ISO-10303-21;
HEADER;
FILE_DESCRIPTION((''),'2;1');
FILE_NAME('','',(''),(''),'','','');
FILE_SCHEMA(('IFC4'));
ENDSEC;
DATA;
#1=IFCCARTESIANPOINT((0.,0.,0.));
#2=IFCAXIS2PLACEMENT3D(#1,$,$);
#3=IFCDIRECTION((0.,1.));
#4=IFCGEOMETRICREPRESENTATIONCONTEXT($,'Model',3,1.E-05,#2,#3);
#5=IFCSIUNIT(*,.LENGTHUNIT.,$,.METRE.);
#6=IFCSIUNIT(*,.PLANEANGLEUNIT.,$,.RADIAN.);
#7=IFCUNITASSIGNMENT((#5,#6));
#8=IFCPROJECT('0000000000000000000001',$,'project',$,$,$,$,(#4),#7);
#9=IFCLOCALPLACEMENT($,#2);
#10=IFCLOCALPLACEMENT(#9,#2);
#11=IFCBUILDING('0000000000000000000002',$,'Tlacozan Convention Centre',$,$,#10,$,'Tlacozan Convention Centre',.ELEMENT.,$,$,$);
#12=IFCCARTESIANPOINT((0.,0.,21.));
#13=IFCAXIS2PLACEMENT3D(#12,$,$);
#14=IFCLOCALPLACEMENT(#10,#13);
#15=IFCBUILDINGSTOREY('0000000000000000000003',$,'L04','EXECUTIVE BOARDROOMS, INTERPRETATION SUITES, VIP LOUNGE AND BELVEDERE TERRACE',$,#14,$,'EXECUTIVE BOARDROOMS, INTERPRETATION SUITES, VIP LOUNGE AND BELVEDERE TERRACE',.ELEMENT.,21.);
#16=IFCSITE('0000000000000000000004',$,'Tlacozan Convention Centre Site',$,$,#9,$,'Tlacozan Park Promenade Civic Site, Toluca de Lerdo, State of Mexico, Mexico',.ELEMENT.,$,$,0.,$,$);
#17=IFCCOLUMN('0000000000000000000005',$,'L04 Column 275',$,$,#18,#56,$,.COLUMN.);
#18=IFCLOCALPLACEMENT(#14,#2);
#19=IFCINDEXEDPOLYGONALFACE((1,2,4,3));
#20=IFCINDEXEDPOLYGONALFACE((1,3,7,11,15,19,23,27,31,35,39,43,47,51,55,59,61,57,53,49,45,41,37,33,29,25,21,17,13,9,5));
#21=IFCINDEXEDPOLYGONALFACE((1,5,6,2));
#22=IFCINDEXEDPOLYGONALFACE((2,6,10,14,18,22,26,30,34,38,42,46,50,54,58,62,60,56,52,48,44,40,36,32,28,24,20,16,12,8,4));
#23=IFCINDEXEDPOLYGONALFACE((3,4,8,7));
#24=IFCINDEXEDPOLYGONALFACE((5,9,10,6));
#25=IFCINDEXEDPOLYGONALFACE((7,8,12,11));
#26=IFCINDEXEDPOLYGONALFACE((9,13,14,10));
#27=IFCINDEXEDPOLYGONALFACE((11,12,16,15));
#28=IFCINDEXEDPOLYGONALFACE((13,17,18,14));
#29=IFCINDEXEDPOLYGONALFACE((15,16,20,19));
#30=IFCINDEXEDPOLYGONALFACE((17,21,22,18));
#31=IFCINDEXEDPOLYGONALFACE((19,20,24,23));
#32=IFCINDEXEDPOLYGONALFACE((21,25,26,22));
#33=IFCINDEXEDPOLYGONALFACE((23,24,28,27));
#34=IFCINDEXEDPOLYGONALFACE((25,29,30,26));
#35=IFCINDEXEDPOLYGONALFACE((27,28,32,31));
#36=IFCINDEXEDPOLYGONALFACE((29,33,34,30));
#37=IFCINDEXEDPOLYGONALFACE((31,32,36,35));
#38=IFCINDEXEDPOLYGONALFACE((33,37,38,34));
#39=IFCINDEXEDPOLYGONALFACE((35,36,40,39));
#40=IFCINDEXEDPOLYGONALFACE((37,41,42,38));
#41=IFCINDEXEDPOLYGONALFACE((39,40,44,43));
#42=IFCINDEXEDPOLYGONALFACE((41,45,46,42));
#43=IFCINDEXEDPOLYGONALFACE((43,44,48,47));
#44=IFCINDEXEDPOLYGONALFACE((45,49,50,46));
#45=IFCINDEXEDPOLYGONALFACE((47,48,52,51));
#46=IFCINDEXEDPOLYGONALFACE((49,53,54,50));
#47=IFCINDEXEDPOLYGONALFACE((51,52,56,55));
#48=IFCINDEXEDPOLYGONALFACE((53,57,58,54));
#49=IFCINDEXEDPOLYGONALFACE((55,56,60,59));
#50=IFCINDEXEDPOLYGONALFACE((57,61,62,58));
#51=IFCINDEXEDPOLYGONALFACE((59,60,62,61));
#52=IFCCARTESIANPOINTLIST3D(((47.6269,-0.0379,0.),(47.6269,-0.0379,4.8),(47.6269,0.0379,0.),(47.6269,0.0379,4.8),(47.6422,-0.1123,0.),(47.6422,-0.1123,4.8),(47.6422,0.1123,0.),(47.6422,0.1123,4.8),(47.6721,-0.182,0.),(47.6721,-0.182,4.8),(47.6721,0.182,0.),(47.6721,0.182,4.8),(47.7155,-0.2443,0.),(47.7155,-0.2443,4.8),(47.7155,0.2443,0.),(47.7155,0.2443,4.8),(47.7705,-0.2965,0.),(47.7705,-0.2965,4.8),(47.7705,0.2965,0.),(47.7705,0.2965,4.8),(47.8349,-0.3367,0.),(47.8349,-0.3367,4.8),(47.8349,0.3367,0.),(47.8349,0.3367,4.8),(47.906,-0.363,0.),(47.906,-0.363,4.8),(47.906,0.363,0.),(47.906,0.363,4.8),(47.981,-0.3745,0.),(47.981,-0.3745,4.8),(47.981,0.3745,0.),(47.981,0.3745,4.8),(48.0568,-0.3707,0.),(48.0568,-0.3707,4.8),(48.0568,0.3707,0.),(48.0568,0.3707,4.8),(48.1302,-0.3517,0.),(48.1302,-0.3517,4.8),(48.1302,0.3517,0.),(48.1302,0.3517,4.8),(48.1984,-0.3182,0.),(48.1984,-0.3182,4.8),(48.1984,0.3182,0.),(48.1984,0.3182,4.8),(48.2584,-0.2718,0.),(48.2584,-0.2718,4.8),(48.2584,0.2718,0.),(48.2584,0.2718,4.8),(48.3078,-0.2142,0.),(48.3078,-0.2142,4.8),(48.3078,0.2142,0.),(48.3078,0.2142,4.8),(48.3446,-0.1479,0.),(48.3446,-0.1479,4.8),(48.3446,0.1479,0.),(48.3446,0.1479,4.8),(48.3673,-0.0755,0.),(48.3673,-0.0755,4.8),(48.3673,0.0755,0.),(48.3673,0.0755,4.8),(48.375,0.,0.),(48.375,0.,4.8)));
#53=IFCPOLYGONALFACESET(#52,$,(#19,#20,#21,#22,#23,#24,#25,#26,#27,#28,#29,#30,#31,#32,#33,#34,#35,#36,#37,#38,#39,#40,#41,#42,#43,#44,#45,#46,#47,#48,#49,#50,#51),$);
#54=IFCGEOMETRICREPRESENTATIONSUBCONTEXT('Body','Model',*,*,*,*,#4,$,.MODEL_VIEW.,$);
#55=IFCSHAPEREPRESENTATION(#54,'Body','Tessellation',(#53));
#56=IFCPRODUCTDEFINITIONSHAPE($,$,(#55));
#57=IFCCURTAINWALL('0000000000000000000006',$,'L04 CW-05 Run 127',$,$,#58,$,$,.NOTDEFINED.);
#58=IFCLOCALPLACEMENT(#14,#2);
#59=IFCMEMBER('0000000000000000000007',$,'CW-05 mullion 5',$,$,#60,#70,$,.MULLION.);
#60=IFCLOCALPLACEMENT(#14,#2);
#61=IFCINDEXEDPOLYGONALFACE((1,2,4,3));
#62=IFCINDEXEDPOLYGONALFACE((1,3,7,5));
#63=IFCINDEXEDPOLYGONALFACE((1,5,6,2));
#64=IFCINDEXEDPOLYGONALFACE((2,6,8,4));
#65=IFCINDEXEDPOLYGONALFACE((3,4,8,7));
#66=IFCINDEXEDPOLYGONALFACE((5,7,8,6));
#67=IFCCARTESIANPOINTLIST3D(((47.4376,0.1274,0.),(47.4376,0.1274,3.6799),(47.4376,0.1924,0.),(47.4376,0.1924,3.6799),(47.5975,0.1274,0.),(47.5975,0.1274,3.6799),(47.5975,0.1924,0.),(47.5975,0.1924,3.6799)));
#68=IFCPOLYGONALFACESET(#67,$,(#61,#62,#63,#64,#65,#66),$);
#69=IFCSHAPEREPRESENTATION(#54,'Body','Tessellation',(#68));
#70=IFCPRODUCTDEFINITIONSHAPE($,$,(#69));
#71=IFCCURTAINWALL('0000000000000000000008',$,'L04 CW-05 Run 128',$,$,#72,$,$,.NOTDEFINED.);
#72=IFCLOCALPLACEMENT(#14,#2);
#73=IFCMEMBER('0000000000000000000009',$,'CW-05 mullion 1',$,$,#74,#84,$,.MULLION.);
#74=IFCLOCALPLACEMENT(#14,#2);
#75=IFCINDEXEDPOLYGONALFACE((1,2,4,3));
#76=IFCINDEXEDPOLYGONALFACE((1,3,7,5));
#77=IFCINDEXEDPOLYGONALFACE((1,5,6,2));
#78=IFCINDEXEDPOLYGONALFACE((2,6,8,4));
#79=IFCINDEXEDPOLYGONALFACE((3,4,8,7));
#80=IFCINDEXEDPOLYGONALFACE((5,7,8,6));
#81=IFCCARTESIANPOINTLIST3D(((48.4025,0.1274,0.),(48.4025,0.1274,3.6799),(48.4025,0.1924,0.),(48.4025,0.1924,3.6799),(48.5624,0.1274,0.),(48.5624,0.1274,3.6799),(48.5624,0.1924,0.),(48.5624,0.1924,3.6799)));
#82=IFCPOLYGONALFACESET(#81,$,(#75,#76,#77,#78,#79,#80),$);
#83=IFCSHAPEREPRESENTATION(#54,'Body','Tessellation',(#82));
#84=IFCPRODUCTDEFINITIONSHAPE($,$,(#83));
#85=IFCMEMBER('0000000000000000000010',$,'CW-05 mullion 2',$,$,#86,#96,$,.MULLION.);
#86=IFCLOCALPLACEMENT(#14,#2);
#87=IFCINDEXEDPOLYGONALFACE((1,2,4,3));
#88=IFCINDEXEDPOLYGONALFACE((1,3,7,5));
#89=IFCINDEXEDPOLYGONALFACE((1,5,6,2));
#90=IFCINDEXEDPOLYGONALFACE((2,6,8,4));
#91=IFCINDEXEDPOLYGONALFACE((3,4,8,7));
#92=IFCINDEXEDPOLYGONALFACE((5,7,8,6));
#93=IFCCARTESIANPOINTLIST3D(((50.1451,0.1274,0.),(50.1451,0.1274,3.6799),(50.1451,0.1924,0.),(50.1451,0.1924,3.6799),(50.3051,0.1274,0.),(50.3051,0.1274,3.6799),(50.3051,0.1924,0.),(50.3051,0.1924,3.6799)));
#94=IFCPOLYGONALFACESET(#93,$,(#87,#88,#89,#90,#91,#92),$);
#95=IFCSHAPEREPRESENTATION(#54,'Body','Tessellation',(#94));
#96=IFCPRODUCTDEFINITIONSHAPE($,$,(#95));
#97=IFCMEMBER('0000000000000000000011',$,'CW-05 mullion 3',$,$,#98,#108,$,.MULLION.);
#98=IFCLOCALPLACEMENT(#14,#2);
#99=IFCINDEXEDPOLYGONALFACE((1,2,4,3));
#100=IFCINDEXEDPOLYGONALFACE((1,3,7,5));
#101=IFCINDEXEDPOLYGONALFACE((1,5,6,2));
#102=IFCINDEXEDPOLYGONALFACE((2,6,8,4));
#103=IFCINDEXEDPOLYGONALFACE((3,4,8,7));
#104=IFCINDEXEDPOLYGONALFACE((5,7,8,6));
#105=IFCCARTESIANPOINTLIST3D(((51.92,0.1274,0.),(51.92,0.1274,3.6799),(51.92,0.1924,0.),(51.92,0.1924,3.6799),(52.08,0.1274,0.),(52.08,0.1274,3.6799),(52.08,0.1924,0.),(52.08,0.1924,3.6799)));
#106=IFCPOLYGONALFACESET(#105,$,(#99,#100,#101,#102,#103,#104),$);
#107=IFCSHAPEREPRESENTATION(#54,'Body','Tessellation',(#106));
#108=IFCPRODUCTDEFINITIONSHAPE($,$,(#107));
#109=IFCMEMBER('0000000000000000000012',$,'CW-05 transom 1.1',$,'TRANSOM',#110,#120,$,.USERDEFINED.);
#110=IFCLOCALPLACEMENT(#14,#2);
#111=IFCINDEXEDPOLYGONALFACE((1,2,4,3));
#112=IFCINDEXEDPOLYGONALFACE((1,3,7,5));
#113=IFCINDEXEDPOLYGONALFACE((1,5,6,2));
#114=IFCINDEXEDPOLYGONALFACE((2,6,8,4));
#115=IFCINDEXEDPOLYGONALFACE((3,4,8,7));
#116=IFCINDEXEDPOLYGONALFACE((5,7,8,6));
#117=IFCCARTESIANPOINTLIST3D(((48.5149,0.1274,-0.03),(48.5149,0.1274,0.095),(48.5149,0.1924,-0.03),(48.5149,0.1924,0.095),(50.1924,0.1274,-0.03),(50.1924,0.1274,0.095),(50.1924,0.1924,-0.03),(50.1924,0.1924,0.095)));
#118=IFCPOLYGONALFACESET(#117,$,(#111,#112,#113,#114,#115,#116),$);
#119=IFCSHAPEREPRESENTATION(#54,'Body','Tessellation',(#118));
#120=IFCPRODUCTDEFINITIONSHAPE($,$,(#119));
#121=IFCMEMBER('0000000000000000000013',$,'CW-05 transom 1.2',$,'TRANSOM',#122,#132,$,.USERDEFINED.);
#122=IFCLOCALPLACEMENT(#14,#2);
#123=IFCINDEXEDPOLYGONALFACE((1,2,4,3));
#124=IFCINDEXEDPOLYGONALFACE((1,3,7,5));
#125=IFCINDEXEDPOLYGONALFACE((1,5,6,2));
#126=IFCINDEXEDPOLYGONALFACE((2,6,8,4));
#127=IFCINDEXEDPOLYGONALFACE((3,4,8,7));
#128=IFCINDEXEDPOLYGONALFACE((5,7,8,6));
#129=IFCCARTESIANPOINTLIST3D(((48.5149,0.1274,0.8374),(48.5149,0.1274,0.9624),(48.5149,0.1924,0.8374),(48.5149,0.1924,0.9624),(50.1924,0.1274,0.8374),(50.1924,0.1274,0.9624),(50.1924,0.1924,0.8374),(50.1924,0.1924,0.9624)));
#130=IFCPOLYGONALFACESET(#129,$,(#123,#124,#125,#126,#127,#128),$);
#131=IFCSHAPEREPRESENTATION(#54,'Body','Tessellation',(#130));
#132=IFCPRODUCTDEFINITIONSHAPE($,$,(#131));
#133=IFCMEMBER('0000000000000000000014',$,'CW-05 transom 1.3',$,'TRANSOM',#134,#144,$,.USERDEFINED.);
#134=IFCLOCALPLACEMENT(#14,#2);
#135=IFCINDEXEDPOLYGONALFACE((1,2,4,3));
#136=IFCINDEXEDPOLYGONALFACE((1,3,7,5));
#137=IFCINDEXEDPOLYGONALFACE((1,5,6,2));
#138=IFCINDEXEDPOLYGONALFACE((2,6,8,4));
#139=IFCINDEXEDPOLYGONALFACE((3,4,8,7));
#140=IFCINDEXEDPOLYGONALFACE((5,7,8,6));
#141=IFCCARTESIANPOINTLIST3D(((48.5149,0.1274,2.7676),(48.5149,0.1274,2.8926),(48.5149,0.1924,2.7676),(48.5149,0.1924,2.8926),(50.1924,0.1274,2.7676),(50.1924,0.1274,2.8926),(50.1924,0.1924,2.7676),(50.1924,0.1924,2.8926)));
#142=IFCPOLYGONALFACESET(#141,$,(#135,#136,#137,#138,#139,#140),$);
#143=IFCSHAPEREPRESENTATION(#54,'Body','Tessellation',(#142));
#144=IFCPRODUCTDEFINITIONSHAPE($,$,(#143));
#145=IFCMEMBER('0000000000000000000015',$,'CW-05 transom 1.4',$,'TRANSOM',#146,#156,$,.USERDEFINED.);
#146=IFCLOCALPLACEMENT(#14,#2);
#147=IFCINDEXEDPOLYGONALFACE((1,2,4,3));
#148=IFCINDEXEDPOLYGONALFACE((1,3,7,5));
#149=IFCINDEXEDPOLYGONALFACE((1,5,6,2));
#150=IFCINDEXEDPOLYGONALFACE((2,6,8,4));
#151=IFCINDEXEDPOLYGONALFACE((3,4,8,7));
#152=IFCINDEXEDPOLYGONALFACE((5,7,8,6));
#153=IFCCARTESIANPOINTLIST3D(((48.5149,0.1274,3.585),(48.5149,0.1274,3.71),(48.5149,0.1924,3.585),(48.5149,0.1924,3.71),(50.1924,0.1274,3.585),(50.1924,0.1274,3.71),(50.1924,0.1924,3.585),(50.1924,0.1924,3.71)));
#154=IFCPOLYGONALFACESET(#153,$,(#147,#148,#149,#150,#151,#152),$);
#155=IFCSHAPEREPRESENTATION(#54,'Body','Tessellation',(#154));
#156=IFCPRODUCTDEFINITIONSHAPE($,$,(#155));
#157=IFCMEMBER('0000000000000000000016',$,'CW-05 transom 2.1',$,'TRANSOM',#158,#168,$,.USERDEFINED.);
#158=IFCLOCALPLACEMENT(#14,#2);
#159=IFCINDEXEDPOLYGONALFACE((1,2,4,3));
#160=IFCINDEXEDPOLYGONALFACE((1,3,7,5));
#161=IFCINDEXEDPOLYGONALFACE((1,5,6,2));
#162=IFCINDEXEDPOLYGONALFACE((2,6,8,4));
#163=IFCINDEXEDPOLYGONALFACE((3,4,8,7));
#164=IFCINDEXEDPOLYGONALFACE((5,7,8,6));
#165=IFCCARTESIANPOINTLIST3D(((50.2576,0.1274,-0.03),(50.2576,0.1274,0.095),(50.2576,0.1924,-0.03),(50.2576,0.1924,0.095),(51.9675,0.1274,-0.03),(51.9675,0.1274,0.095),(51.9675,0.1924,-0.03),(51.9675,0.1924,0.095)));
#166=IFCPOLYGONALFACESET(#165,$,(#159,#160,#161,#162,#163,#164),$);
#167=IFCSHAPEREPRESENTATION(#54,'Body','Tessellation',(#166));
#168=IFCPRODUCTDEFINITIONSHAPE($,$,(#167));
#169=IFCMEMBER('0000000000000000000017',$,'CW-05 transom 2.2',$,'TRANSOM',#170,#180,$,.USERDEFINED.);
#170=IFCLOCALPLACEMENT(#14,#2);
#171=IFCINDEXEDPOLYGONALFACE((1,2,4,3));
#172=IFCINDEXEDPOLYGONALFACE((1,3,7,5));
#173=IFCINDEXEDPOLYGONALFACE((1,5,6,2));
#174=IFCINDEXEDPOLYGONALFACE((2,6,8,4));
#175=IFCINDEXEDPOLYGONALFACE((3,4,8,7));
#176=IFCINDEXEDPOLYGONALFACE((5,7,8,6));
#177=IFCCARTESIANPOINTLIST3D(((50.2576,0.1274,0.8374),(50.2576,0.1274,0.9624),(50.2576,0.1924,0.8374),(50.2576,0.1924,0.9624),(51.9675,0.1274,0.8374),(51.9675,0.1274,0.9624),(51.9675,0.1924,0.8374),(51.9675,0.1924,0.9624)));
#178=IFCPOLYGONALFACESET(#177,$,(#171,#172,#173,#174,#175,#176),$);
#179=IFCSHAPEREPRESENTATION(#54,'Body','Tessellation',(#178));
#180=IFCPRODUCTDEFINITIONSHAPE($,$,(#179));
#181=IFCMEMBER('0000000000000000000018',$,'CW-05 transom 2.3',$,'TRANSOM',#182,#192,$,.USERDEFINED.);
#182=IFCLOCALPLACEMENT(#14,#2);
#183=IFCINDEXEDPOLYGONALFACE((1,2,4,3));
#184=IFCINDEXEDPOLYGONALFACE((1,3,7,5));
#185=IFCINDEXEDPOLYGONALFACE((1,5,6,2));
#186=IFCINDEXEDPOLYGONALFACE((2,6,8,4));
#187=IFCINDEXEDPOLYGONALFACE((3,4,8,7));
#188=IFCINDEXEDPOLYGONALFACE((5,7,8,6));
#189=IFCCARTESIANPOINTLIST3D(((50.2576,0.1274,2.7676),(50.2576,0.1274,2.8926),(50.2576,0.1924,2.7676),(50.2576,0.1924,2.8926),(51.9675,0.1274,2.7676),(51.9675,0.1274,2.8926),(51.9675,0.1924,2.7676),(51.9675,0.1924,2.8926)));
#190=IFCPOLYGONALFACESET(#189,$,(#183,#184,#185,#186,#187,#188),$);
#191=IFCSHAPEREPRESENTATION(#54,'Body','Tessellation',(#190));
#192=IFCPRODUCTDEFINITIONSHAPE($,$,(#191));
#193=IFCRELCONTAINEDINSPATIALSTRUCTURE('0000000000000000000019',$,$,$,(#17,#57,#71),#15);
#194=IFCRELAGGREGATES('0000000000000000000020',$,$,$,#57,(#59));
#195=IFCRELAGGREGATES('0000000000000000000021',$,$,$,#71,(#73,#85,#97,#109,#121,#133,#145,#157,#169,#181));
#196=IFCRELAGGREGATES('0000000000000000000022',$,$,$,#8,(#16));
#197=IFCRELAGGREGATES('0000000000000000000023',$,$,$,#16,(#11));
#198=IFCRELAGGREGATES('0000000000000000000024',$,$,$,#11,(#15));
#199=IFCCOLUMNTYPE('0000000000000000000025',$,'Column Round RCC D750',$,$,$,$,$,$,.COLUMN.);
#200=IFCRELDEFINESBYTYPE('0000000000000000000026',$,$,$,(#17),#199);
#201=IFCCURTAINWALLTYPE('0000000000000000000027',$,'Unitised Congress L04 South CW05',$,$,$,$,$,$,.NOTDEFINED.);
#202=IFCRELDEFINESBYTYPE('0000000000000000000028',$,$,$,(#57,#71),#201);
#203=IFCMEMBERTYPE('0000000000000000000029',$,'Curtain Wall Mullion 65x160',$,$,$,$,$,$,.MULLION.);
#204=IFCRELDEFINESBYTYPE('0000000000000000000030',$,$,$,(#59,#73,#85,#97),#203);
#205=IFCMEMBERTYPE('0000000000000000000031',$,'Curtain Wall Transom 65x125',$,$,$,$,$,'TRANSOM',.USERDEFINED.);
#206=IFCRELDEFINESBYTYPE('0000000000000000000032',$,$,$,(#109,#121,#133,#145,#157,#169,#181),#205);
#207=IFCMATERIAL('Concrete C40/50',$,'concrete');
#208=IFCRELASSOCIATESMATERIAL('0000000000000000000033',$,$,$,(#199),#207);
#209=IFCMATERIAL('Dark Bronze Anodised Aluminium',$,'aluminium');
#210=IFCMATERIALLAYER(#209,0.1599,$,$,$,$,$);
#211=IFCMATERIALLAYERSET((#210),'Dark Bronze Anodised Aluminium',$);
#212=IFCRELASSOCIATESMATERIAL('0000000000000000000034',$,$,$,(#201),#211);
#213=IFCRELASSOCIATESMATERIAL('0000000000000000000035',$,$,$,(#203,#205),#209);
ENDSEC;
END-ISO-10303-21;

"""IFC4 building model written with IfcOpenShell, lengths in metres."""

from ifc_helpers import new_model, si_unit, direction, frame, origin, origin_2d, place, context, subcontext, project, spatial, rectangle, circle, extrude, material, layer, layer_set, material_profile, profile_set, type_object, element, aggregate, save


model = new_model("IFC4")

# Units and contexts
model_context = context("Model", 3, precision=1e-05, world=origin(), true_north=direction((0.0, 1.0)))
body_context = subcontext(model_context, "Body", "Model", "MODEL_VIEW")
ifc_project = project(units=[si_unit("LENGTHUNIT", "METRE"), si_unit("PLANEANGLEUNIT", "RADIAN")], contexts=[model_context])

# Site, building, storey
site_placement = place(None, origin())
site = spatial("IfcSite", under=ifc_project, at=site_placement, Name="Tlacozan Convention Centre Site", LongName="Tlacozan Park Promenade Civic Site, Toluca de Lerdo, State of Mexico, Mexico", CompositionType="ELEMENT", RefElevation=0.0)
building_placement = place(site_placement, origin())
building = spatial("IfcBuilding", under=site, at=building_placement, Name="Tlacozan Convention Centre", LongName="Tlacozan Convention Centre", CompositionType="ELEMENT")
storey_placement = place(building_placement, frame((0.0, 0.0, 21.0)))
storey = spatial("IfcBuildingStorey", under=building, at=storey_placement, Name="L04", Description="EXECUTIVE BOARDROOMS, INTERPRETATION SUITES, VIP LOUNGE AND BELVEDERE TERRACE", LongName="EXECUTIVE BOARDROOMS, INTERPRETATION SUITES, VIP LOUNGE AND BELVEDERE TERRACE", CompositionType="ELEMENT", Elevation=21.0)

# Column
ifc_material_1 = material(Name="Concrete C40/50", Category="concrete")
ifc_material_profile_1 = material_profile(ifc_material_1, circle(Radius=0.375, at=origin_2d()), Name="RCC D750")
ifc_profile_set_1 = profile_set([ifc_material_profile_1], Name="Concrete C40/50")
column_type = type_object("IfcColumnType", Name="Column Round RCC D750", PredefinedType="COLUMN", material=ifc_profile_set_1)
column_placement = place(storey_placement, frame((48.0, 0.0, 0.0), z_axis=(0.0, 0.0, 1.0), x_axis=(1.0, 0.0, 0.0)))
element("IfcColumn", 1, at=column_placement, inside=storey, type_object=column_type, Name="L04 Column 275", PredefinedType="COLUMN", context=body_context, shape_type="SweptSolid", body=[
    extrude(circle(Radius=0.375, at=origin_2d()), origin(), (0.0, 0.0, 1.0), 4.8),
])

# Curtain wall, member
ifc_material_2 = material(Name="Dark Bronze Anodised Aluminium", Category="aluminium")
ifc_layer_1 = layer(ifc_material_2, 0.1599)
ifc_layer_set_1 = layer_set([ifc_layer_1], Name="Dark Bronze Anodised Aluminium")
curtain_wall_type = type_object("IfcCurtainWallType", Name="Unitised Congress L04 South CW05", PredefinedType="NOTDEFINED", material=ifc_layer_set_1)
curtain_wall_1_placement = place(storey_placement, origin())
curtain_wall_1 = element("IfcCurtainWall", 2, at=curtain_wall_1_placement, inside=storey, type_object=curtain_wall_type, Name="L04 CW-05 Run 127", PredefinedType="NOTDEFINED")
ifc_material_profile_2 = material_profile(ifc_material_2, rectangle(XDim=0.0649, YDim=0.1599, at=origin_2d()), Name="ALU 65x160")
ifc_profile_set_2 = profile_set([ifc_material_profile_2], Name="Dark Bronze Anodised Aluminium")
member_type_1 = type_object("IfcMemberType", Name="Curtain Wall Mullion 65x160", PredefinedType="MULLION", material=ifc_profile_set_2)
member_1_placement = place(storey_placement, frame((47.5176, 0.1599, 0.0), z_axis=(0.0, 0.0, 1.0), x_axis=(0.0, 1.0, 0.0)))
member_1 = element("IfcMember", 3, at=member_1_placement, type_object=member_type_1, Name="CW-05 mullion 5", PredefinedType="MULLION", context=body_context, shape_type="SweptSolid", body=[
    extrude(rectangle(XDim=0.0649, YDim=0.1599, at=origin_2d()), origin(), (0.0, 0.0, 1.0), 3.6799),
])
aggregate(curtain_wall_1, [member_1])

# Curtain wall, members
curtain_wall_2_placement = place(storey_placement, origin())
curtain_wall_2 = element("IfcCurtainWall", 4, at=curtain_wall_2_placement, inside=storey, type_object=curtain_wall_type, Name="L04 CW-05 Run 128", PredefinedType="NOTDEFINED")
member_2_placement = place(storey_placement, frame((48.4824, 0.1599, 0.0), z_axis=(0.0, 0.0, 1.0), x_axis=(0.0, 1.0, 0.0)))
member_2 = element("IfcMember", 5, at=member_2_placement, type_object=member_type_1, Name="CW-05 mullion 1", PredefinedType="MULLION", context=body_context, shape_type="SweptSolid", body=[
    extrude(rectangle(XDim=0.0649, YDim=0.1599, at=origin_2d()), origin(), (0.0, 0.0, 1.0), 3.6799),
])
member_3_placement = place(storey_placement, frame((50.2251, 0.1599, 0.0), z_axis=(0.0, 0.0, 1.0), x_axis=(0.0, 1.0, 0.0)))
member_3 = element("IfcMember", 6, at=member_3_placement, type_object=member_type_1, Name="CW-05 mullion 2", PredefinedType="MULLION", context=body_context, shape_type="SweptSolid", body=[
    extrude(rectangle(XDim=0.0649, YDim=0.1599, at=origin_2d()), origin(), (0.0, 0.0, 1.0), 3.6799),
])
member_4_placement = place(storey_placement, frame((52.0, 0.1599, 0.0), z_axis=(0.0, 0.0, 1.0), x_axis=(0.0, 1.0, 0.0)))
member_4 = element("IfcMember", 7, at=member_4_placement, type_object=member_type_1, Name="CW-05 mullion 3", PredefinedType="MULLION", context=body_context, shape_type="SweptSolid", body=[
    extrude(rectangle(XDim=0.0649, YDim=0.1599, at=origin_2d()), origin(), (0.0, 0.0, 1.0), 3.6799),
])
ifc_material_profile_3 = material_profile(ifc_material_2, rectangle(XDim=0.0649, YDim=0.125, at=origin_2d()), Name="ALU 65x125")
ifc_profile_set_3 = profile_set([ifc_material_profile_3], Name="Dark Bronze Anodised Aluminium")
member_type_2 = type_object("IfcMemberType", Name="Curtain Wall Transom 65x125", ElementType="TRANSOM", PredefinedType="USERDEFINED", material=ifc_profile_set_3)
member_5_placement = place(storey_placement, frame((48.5149, 0.1599, 0.0325), z_axis=(1.0, 0.0, 0.0), x_axis=(0.0, 1.0, 0.0)))
member_5 = element("IfcMember", 8, at=member_5_placement, type_object=member_type_2, Name="CW-05 transom 1.1", ObjectType="TRANSOM", PredefinedType="USERDEFINED", context=body_context, shape_type="SweptSolid", body=[
    extrude(rectangle(XDim=0.0649, YDim=0.125, at=origin_2d()), origin(), (0.0, 0.0, 1.0), 1.6775),
])
member_6_placement = place(storey_placement, frame((48.5149, 0.1599, 0.8999), z_axis=(1.0, 0.0, 0.0), x_axis=(0.0, 1.0, 0.0)))
member_6 = element("IfcMember", 9, at=member_6_placement, type_object=member_type_2, Name="CW-05 transom 1.2", ObjectType="TRANSOM", PredefinedType="USERDEFINED", context=body_context, shape_type="SweptSolid", body=[
    extrude(rectangle(XDim=0.0649, YDim=0.125, at=origin_2d()), origin(), (0.0, 0.0, 1.0), 1.6775),
])
member_7_placement = place(storey_placement, frame((48.5149, 0.1599, 2.8301), z_axis=(1.0, 0.0, 0.0), x_axis=(0.0, 1.0, 0.0)))
member_7 = element("IfcMember", 10, at=member_7_placement, type_object=member_type_2, Name="CW-05 transom 1.3", ObjectType="TRANSOM", PredefinedType="USERDEFINED", context=body_context, shape_type="SweptSolid", body=[
    extrude(rectangle(XDim=0.0649, YDim=0.125, at=origin_2d()), origin(), (0.0, 0.0, 1.0), 1.6775),
])
member_8_placement = place(storey_placement, frame((48.5149, 0.1599, 3.6475), z_axis=(1.0, 0.0, 0.0), x_axis=(0.0, 1.0, 0.0)))
member_8 = element("IfcMember", 11, at=member_8_placement, type_object=member_type_2, Name="CW-05 transom 1.4", ObjectType="TRANSOM", PredefinedType="USERDEFINED", context=body_context, shape_type="SweptSolid", body=[
    extrude(rectangle(XDim=0.0649, YDim=0.125, at=origin_2d()), origin(), (0.0, 0.0, 1.0), 1.6775),
])
member_9_placement = place(storey_placement, frame((50.2576, 0.1599, 0.0325), z_axis=(1.0, 0.0, 0.0), x_axis=(0.0, 1.0, 0.0)))
member_9 = element("IfcMember", 12, at=member_9_placement, type_object=member_type_2, Name="CW-05 transom 2.1", ObjectType="TRANSOM", PredefinedType="USERDEFINED", context=body_context, shape_type="SweptSolid", body=[
    extrude(rectangle(XDim=0.0649, YDim=0.125, at=origin_2d()), origin(), (0.0, 0.0, 1.0), 1.71),
])
member_10_placement = place(storey_placement, frame((50.2576, 0.1599, 0.8999), z_axis=(1.0, 0.0, 0.0), x_axis=(0.0, 1.0, 0.0)))
member_10 = element("IfcMember", 13, at=member_10_placement, type_object=member_type_2, Name="CW-05 transom 2.2", ObjectType="TRANSOM", PredefinedType="USERDEFINED", context=body_context, shape_type="SweptSolid", body=[
    extrude(rectangle(XDim=0.0649, YDim=0.125, at=origin_2d()), origin(), (0.0, 0.0, 1.0), 1.71),
])
member_11_placement = place(storey_placement, frame((50.2576, 0.1599, 2.8301), z_axis=(1.0, 0.0, 0.0), x_axis=(0.0, 1.0, 0.0)))
member_11 = element("IfcMember", 14, at=member_11_placement, type_object=member_type_2, Name="CW-05 transom 2.3", ObjectType="TRANSOM", PredefinedType="USERDEFINED", context=body_context, shape_type="SweptSolid", body=[
    extrude(rectangle(XDim=0.0649, YDim=0.125, at=origin_2d()), origin(), (0.0, 0.0, 1.0), 1.71),
])

aggregate(curtain_wall_2, [member_2, member_3, member_4, member_5, member_6, member_7, member_8, member_9, member_10, member_11])

save(model, "model.ifc")
